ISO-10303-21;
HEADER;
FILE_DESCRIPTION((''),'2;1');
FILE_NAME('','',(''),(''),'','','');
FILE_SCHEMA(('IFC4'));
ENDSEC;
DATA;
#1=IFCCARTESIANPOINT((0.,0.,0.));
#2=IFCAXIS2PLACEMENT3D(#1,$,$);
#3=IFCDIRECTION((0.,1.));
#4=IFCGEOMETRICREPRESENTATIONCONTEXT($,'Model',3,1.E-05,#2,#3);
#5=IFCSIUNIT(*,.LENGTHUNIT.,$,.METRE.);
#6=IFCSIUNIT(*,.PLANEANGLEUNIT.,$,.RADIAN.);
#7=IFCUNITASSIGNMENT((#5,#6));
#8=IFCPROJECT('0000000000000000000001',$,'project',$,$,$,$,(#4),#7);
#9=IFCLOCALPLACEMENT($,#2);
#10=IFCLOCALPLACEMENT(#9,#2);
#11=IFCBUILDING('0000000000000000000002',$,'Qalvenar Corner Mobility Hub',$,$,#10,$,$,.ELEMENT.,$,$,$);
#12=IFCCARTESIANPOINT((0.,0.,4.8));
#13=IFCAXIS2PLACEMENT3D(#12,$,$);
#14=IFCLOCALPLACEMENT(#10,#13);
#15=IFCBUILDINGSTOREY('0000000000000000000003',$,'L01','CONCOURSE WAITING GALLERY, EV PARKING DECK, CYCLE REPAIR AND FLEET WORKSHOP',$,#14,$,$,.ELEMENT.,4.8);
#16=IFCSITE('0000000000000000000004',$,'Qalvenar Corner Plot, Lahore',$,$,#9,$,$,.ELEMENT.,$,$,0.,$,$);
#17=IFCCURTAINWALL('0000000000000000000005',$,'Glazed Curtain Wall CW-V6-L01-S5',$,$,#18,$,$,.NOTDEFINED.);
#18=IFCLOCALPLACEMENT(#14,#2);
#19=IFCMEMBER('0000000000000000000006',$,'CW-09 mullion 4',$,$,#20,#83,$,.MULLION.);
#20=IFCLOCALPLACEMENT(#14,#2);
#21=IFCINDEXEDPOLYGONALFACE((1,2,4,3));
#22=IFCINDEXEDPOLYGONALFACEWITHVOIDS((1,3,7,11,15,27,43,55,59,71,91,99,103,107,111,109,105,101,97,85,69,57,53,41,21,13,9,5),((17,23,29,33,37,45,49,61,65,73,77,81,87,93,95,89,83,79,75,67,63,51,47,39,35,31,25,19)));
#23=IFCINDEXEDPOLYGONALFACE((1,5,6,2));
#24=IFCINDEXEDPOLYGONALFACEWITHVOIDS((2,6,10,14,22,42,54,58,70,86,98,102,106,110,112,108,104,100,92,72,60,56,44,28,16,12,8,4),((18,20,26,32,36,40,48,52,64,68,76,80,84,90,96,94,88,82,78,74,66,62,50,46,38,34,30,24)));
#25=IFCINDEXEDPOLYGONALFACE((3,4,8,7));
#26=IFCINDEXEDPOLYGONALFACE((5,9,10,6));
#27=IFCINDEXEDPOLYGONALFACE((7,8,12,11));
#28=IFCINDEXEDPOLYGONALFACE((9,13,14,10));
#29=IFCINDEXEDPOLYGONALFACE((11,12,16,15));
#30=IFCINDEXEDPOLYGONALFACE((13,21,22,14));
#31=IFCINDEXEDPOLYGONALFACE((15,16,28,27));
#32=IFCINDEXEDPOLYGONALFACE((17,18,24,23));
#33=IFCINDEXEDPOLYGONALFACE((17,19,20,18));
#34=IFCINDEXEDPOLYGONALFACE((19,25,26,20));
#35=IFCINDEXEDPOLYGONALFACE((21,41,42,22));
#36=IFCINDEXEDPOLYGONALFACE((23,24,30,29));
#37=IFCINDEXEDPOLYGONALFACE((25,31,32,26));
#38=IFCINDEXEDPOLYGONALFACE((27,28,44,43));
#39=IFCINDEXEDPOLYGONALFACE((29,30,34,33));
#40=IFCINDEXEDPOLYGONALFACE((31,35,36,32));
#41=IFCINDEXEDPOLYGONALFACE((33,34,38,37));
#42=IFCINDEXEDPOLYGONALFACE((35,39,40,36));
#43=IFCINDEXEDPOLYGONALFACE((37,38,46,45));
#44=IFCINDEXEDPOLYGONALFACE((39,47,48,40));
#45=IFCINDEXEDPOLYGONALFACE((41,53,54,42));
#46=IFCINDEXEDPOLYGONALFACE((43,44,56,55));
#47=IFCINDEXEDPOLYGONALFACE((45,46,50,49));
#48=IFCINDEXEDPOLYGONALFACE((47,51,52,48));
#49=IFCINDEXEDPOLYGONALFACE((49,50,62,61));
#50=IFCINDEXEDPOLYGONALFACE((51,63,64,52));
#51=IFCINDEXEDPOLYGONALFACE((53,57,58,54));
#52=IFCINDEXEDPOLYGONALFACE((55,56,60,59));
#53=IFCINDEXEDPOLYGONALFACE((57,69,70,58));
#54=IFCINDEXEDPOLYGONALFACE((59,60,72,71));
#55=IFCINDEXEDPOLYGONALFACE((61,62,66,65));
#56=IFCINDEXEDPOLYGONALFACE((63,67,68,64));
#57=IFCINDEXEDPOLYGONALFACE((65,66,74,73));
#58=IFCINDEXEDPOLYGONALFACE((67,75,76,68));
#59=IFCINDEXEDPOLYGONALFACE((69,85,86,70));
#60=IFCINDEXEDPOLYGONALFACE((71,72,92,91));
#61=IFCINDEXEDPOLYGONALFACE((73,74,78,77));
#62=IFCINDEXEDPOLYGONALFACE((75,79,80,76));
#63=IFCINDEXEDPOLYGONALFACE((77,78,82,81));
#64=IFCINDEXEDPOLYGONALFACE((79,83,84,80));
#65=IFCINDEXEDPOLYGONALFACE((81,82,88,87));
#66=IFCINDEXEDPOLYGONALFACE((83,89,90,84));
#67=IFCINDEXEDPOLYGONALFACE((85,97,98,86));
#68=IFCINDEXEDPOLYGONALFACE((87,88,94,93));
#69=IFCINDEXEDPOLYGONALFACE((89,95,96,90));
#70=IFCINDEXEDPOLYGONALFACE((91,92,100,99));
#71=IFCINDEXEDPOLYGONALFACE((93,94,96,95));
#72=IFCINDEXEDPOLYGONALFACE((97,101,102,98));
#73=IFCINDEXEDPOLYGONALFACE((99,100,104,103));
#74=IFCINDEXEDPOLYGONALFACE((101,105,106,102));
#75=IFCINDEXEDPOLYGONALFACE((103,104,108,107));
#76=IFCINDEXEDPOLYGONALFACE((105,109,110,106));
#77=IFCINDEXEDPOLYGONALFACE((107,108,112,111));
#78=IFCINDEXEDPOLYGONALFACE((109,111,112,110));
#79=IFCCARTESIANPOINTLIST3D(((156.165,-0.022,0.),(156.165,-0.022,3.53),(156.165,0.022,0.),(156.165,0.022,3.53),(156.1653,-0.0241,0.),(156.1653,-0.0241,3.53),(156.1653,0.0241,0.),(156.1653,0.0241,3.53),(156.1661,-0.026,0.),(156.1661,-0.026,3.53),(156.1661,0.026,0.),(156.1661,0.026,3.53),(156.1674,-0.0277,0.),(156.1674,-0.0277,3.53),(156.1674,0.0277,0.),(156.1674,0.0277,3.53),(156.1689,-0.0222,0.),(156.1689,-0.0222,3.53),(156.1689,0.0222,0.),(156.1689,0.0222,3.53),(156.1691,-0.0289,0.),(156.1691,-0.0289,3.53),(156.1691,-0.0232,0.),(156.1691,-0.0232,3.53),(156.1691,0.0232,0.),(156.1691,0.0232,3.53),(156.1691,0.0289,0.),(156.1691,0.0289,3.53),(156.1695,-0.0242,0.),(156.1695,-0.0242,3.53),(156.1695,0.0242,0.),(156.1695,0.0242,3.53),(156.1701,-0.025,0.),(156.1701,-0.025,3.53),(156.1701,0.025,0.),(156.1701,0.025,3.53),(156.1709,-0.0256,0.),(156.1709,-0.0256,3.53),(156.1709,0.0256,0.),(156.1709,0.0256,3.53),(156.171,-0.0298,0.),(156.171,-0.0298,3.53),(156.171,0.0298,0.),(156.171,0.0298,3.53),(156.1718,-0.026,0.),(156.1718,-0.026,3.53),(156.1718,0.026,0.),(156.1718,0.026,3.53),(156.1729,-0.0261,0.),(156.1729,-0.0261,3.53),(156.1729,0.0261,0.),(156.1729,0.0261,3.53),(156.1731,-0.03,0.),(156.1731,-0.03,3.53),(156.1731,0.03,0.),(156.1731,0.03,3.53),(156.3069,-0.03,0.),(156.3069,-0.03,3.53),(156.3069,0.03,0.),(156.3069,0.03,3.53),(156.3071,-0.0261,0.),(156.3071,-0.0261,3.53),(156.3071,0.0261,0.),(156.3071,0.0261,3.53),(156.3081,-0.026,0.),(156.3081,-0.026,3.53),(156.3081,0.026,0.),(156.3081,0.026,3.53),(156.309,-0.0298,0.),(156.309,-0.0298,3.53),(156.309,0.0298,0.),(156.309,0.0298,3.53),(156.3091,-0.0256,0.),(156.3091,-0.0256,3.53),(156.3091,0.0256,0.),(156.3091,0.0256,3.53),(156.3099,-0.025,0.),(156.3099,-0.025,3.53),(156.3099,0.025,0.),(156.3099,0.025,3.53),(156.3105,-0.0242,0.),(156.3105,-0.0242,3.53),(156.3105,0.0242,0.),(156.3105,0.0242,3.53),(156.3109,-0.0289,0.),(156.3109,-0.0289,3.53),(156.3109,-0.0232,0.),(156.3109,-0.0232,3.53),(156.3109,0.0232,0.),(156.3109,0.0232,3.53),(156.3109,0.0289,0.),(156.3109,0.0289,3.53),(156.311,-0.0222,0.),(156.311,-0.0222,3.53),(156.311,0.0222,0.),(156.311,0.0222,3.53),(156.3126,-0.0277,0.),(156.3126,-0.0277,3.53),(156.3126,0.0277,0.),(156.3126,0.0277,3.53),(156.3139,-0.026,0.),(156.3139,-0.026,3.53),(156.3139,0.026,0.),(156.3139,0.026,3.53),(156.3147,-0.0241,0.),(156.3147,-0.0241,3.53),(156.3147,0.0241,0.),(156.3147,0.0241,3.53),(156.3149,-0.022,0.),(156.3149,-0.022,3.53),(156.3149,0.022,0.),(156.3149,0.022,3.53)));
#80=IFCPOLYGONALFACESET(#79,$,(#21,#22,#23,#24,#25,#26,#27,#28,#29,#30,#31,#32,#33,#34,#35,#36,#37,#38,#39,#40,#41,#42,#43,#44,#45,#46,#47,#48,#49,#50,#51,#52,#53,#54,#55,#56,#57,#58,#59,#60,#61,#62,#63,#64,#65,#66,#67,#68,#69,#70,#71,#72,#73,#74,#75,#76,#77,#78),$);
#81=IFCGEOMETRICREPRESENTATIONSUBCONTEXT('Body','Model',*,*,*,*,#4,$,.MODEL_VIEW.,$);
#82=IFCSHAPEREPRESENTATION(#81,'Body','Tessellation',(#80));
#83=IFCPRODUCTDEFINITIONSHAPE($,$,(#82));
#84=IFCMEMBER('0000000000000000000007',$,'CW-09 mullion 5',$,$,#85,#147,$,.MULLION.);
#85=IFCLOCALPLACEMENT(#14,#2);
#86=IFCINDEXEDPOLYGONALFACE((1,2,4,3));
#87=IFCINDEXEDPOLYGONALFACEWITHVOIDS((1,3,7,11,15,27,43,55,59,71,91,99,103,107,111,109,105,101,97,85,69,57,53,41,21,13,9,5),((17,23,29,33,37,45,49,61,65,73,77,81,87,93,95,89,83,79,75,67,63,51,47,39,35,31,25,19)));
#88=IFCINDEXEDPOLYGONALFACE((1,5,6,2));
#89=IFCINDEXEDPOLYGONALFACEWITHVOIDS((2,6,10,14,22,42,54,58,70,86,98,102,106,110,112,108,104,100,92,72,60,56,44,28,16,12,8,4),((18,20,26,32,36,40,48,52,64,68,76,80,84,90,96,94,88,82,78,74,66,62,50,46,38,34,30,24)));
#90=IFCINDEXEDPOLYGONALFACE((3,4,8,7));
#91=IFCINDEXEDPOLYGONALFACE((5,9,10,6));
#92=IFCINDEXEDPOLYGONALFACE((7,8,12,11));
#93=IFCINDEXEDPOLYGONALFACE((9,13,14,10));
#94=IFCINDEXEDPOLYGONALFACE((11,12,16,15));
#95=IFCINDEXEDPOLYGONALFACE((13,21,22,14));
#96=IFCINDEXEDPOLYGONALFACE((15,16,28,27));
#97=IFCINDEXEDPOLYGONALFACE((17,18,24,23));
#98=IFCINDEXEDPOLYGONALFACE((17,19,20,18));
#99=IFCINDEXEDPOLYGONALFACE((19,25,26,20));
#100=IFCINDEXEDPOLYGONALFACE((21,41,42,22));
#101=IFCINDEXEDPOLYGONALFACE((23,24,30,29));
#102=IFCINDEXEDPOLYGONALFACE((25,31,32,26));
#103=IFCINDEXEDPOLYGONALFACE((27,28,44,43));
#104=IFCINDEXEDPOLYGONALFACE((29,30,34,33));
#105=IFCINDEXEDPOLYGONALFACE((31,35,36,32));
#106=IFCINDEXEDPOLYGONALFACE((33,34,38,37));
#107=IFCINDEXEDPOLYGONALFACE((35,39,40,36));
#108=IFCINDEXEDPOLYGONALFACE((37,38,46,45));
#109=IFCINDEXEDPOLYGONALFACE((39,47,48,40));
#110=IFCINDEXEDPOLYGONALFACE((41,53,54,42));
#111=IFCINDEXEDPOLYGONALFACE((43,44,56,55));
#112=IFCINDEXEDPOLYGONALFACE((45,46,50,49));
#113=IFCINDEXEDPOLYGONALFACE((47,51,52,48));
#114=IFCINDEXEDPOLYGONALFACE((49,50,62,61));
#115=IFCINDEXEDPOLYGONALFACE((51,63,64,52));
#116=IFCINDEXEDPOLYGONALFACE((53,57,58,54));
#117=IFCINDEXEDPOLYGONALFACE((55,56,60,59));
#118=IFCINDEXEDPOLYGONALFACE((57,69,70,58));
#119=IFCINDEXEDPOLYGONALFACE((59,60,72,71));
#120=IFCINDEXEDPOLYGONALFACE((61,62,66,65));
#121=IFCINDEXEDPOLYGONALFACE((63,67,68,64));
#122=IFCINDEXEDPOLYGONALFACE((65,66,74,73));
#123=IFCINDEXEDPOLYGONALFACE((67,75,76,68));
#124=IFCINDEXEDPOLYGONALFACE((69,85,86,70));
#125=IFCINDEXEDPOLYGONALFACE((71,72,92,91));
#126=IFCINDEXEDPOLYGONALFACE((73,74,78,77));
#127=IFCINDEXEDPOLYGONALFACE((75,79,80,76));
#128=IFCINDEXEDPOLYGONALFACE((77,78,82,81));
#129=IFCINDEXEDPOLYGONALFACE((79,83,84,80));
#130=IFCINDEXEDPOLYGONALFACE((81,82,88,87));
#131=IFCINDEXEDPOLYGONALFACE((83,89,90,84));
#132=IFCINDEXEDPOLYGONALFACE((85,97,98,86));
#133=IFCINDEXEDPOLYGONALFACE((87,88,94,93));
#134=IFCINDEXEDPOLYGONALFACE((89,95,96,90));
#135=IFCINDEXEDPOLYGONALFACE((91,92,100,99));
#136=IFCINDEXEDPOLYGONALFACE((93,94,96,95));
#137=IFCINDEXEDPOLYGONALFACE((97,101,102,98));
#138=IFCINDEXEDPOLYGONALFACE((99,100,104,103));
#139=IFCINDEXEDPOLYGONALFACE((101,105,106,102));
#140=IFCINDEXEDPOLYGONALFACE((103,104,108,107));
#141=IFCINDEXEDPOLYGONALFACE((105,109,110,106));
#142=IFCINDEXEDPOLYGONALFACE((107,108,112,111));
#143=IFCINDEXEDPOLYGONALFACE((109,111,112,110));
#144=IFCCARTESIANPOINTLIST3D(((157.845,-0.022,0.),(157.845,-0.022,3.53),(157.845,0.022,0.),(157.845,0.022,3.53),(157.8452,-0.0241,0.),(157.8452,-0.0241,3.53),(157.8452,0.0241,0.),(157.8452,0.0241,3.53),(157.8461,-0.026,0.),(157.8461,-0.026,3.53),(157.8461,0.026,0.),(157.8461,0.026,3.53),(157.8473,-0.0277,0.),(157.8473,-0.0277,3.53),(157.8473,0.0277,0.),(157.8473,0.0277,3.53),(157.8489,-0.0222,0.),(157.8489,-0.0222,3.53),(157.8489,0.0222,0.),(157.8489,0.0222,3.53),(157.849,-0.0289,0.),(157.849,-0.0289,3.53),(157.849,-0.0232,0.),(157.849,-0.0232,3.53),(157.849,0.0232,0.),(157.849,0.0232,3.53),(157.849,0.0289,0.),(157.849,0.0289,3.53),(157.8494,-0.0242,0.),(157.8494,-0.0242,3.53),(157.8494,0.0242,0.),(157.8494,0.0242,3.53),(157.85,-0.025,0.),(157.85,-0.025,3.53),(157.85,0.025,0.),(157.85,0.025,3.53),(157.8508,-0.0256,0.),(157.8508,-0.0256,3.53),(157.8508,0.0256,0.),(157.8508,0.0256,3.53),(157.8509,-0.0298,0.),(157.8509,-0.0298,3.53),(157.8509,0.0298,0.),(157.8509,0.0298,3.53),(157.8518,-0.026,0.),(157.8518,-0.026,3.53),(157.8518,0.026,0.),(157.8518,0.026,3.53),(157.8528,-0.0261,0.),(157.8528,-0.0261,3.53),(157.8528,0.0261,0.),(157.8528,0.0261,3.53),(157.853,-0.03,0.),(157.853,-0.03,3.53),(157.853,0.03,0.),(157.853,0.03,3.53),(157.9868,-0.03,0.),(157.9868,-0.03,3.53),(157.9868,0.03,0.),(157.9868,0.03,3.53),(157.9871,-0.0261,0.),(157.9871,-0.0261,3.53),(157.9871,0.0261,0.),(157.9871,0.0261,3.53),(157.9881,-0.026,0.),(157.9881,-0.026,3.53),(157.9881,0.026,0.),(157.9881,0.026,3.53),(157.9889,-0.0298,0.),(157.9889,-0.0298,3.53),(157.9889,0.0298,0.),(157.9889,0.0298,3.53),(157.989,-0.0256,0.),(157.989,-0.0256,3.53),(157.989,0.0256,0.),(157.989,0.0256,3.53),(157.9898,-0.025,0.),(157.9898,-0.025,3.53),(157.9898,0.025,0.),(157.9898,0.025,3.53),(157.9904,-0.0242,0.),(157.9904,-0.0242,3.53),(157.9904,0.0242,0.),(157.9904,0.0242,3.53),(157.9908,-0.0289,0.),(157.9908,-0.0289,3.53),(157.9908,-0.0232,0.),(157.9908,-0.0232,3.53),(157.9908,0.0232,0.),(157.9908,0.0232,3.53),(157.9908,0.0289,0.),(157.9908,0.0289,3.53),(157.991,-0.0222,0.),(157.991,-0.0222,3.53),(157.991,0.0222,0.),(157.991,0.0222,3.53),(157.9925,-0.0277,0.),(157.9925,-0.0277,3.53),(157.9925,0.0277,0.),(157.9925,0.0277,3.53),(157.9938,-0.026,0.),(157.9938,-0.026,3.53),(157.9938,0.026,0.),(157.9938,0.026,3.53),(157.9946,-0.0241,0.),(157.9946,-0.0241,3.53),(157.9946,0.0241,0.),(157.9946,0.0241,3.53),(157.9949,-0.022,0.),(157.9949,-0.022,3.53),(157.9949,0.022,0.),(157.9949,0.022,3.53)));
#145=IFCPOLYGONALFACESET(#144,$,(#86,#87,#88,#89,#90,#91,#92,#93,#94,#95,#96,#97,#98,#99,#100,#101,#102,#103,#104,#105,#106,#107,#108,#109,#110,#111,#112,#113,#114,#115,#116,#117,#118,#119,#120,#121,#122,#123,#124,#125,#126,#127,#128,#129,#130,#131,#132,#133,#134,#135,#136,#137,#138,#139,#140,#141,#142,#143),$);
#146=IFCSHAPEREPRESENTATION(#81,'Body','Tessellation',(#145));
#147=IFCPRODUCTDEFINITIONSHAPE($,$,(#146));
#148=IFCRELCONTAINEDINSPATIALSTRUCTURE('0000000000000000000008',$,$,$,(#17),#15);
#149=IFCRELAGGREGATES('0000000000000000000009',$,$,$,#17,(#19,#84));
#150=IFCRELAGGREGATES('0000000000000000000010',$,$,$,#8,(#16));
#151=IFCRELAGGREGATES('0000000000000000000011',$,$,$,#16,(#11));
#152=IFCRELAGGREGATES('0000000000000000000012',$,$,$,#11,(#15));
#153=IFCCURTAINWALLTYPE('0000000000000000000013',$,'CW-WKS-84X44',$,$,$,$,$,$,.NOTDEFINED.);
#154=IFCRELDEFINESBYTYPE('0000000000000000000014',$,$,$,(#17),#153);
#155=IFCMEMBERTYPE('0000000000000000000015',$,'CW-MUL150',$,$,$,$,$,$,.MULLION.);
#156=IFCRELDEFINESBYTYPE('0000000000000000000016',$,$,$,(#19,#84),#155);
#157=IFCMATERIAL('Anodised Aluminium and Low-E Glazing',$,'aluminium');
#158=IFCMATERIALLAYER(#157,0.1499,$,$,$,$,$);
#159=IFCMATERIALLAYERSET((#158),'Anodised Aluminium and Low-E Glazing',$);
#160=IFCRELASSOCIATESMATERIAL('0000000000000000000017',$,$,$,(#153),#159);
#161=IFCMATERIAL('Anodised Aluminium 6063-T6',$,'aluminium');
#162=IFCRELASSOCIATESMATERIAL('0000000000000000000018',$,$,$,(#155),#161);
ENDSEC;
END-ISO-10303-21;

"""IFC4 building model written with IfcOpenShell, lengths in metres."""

from ifc_helpers import new_model, si_unit, direction, frame, origin, origin_2d, place, context, subcontext, project, spatial, hollow_rectangle, extrude, material, layer, layer_set, material_profile, profile_set, type_object, element, aggregate, save


model = new_model("IFC4")

# Units and contexts
model_context = context("Model", 3, precision=1e-05, world=origin(), true_north=direction((0.0, 1.0)))
body_context = subcontext(model_context, "Body", "Model", "MODEL_VIEW")
ifc_project = project(units=[si_unit("LENGTHUNIT", "METRE"), si_unit("PLANEANGLEUNIT", "RADIAN")], contexts=[model_context])

# Site, building, storey
site_placement = place(None, origin())
site = spatial("IfcSite", under=ifc_project, at=site_placement, Name="Qalvenar Corner Plot, Lahore", CompositionType="ELEMENT", RefElevation=0.0)
building_placement = place(site_placement, origin())
building = spatial("IfcBuilding", under=site, at=building_placement, Name="Qalvenar Corner Mobility Hub", CompositionType="ELEMENT")
storey_placement = place(building_placement, frame((0.0, 0.0, 4.8)))
storey = spatial("IfcBuildingStorey", under=building, at=storey_placement, Name="L01", Description="CONCOURSE WAITING GALLERY, EV PARKING DECK, CYCLE REPAIR AND FLEET WORKSHOP", CompositionType="ELEMENT", Elevation=4.8)

# Curtain wall, members
ifc_material_1 = material(Name="Anodised Aluminium and Low-E Glazing", Category="aluminium")
ifc_layer_1 = layer(ifc_material_1, 0.1499)
ifc_layer_set_1 = layer_set([ifc_layer_1], Name="Anodised Aluminium and Low-E Glazing")
curtain_wall_type = type_object("IfcCurtainWallType", Name="CW-WKS-84X44", PredefinedType="NOTDEFINED", material=ifc_layer_set_1)
curtain_wall_placement = place(storey_placement, origin())
curtain_wall = element("IfcCurtainWall", 1, at=curtain_wall_placement, inside=storey, type_object=curtain_wall_type, Name="Glazed Curtain Wall CW-V6-L01-S5", PredefinedType="NOTDEFINED")
ifc_material_2 = material(Name="Anodised Aluminium 6063-T6", Category="aluminium")
ifc_material_profile_1 = material_profile(ifc_material_2, hollow_rectangle(XDim=0.0601, YDim=0.1499, WallThickness=0.0039, InnerFilletRadius=0.0039, OuterFilletRadius=0.0081, at=origin_2d()), Name="RHS150x60x4")
ifc_profile_set_1 = profile_set([ifc_material_profile_1], Name="Anodised Aluminium 6063-T6")
member_type_1 = type_object("IfcMemberType", Name="CW-MUL150", PredefinedType="MULLION", material=ifc_profile_set_1)
member_1_placement = place(storey_placement, frame((156.24, 0.0, 0.0), z_axis=(0.0, 0.0, 1.0), x_axis=(0.0, 1.0, 0.0)))
member_1 = element("IfcMember", 2, at=member_1_placement, type_object=member_type_1, Name="CW-09 mullion 4", PredefinedType="MULLION", context=body_context, shape_type="SweptSolid", body=[
    extrude(hollow_rectangle(XDim=0.0601, YDim=0.1499, WallThickness=0.0039, InnerFilletRadius=0.0039, OuterFilletRadius=0.0081, at=origin_2d()), origin(), (0.0, 0.0, 1.0), 3.53),
])
member_2_placement = place(storey_placement, frame((157.9199, 0.0, 0.0), z_axis=(0.0, 0.0, 1.0), x_axis=(0.0, 1.0, 0.0)))
member_2 = element("IfcMember", 3, at=member_2_placement, type_object=member_type_1, Name="CW-09 mullion 5", PredefinedType="MULLION", context=body_context, shape_type="SweptSolid", body=[
    extrude(hollow_rectangle(XDim=0.0601, YDim=0.1499, WallThickness=0.0039, InnerFilletRadius=0.0039, OuterFilletRadius=0.0081, at=origin_2d()), origin(), (0.0, 0.0, 1.0), 3.53),
])
aggregate(curtain_wall, [member_1, member_2])

save(model, "model.ifc")
